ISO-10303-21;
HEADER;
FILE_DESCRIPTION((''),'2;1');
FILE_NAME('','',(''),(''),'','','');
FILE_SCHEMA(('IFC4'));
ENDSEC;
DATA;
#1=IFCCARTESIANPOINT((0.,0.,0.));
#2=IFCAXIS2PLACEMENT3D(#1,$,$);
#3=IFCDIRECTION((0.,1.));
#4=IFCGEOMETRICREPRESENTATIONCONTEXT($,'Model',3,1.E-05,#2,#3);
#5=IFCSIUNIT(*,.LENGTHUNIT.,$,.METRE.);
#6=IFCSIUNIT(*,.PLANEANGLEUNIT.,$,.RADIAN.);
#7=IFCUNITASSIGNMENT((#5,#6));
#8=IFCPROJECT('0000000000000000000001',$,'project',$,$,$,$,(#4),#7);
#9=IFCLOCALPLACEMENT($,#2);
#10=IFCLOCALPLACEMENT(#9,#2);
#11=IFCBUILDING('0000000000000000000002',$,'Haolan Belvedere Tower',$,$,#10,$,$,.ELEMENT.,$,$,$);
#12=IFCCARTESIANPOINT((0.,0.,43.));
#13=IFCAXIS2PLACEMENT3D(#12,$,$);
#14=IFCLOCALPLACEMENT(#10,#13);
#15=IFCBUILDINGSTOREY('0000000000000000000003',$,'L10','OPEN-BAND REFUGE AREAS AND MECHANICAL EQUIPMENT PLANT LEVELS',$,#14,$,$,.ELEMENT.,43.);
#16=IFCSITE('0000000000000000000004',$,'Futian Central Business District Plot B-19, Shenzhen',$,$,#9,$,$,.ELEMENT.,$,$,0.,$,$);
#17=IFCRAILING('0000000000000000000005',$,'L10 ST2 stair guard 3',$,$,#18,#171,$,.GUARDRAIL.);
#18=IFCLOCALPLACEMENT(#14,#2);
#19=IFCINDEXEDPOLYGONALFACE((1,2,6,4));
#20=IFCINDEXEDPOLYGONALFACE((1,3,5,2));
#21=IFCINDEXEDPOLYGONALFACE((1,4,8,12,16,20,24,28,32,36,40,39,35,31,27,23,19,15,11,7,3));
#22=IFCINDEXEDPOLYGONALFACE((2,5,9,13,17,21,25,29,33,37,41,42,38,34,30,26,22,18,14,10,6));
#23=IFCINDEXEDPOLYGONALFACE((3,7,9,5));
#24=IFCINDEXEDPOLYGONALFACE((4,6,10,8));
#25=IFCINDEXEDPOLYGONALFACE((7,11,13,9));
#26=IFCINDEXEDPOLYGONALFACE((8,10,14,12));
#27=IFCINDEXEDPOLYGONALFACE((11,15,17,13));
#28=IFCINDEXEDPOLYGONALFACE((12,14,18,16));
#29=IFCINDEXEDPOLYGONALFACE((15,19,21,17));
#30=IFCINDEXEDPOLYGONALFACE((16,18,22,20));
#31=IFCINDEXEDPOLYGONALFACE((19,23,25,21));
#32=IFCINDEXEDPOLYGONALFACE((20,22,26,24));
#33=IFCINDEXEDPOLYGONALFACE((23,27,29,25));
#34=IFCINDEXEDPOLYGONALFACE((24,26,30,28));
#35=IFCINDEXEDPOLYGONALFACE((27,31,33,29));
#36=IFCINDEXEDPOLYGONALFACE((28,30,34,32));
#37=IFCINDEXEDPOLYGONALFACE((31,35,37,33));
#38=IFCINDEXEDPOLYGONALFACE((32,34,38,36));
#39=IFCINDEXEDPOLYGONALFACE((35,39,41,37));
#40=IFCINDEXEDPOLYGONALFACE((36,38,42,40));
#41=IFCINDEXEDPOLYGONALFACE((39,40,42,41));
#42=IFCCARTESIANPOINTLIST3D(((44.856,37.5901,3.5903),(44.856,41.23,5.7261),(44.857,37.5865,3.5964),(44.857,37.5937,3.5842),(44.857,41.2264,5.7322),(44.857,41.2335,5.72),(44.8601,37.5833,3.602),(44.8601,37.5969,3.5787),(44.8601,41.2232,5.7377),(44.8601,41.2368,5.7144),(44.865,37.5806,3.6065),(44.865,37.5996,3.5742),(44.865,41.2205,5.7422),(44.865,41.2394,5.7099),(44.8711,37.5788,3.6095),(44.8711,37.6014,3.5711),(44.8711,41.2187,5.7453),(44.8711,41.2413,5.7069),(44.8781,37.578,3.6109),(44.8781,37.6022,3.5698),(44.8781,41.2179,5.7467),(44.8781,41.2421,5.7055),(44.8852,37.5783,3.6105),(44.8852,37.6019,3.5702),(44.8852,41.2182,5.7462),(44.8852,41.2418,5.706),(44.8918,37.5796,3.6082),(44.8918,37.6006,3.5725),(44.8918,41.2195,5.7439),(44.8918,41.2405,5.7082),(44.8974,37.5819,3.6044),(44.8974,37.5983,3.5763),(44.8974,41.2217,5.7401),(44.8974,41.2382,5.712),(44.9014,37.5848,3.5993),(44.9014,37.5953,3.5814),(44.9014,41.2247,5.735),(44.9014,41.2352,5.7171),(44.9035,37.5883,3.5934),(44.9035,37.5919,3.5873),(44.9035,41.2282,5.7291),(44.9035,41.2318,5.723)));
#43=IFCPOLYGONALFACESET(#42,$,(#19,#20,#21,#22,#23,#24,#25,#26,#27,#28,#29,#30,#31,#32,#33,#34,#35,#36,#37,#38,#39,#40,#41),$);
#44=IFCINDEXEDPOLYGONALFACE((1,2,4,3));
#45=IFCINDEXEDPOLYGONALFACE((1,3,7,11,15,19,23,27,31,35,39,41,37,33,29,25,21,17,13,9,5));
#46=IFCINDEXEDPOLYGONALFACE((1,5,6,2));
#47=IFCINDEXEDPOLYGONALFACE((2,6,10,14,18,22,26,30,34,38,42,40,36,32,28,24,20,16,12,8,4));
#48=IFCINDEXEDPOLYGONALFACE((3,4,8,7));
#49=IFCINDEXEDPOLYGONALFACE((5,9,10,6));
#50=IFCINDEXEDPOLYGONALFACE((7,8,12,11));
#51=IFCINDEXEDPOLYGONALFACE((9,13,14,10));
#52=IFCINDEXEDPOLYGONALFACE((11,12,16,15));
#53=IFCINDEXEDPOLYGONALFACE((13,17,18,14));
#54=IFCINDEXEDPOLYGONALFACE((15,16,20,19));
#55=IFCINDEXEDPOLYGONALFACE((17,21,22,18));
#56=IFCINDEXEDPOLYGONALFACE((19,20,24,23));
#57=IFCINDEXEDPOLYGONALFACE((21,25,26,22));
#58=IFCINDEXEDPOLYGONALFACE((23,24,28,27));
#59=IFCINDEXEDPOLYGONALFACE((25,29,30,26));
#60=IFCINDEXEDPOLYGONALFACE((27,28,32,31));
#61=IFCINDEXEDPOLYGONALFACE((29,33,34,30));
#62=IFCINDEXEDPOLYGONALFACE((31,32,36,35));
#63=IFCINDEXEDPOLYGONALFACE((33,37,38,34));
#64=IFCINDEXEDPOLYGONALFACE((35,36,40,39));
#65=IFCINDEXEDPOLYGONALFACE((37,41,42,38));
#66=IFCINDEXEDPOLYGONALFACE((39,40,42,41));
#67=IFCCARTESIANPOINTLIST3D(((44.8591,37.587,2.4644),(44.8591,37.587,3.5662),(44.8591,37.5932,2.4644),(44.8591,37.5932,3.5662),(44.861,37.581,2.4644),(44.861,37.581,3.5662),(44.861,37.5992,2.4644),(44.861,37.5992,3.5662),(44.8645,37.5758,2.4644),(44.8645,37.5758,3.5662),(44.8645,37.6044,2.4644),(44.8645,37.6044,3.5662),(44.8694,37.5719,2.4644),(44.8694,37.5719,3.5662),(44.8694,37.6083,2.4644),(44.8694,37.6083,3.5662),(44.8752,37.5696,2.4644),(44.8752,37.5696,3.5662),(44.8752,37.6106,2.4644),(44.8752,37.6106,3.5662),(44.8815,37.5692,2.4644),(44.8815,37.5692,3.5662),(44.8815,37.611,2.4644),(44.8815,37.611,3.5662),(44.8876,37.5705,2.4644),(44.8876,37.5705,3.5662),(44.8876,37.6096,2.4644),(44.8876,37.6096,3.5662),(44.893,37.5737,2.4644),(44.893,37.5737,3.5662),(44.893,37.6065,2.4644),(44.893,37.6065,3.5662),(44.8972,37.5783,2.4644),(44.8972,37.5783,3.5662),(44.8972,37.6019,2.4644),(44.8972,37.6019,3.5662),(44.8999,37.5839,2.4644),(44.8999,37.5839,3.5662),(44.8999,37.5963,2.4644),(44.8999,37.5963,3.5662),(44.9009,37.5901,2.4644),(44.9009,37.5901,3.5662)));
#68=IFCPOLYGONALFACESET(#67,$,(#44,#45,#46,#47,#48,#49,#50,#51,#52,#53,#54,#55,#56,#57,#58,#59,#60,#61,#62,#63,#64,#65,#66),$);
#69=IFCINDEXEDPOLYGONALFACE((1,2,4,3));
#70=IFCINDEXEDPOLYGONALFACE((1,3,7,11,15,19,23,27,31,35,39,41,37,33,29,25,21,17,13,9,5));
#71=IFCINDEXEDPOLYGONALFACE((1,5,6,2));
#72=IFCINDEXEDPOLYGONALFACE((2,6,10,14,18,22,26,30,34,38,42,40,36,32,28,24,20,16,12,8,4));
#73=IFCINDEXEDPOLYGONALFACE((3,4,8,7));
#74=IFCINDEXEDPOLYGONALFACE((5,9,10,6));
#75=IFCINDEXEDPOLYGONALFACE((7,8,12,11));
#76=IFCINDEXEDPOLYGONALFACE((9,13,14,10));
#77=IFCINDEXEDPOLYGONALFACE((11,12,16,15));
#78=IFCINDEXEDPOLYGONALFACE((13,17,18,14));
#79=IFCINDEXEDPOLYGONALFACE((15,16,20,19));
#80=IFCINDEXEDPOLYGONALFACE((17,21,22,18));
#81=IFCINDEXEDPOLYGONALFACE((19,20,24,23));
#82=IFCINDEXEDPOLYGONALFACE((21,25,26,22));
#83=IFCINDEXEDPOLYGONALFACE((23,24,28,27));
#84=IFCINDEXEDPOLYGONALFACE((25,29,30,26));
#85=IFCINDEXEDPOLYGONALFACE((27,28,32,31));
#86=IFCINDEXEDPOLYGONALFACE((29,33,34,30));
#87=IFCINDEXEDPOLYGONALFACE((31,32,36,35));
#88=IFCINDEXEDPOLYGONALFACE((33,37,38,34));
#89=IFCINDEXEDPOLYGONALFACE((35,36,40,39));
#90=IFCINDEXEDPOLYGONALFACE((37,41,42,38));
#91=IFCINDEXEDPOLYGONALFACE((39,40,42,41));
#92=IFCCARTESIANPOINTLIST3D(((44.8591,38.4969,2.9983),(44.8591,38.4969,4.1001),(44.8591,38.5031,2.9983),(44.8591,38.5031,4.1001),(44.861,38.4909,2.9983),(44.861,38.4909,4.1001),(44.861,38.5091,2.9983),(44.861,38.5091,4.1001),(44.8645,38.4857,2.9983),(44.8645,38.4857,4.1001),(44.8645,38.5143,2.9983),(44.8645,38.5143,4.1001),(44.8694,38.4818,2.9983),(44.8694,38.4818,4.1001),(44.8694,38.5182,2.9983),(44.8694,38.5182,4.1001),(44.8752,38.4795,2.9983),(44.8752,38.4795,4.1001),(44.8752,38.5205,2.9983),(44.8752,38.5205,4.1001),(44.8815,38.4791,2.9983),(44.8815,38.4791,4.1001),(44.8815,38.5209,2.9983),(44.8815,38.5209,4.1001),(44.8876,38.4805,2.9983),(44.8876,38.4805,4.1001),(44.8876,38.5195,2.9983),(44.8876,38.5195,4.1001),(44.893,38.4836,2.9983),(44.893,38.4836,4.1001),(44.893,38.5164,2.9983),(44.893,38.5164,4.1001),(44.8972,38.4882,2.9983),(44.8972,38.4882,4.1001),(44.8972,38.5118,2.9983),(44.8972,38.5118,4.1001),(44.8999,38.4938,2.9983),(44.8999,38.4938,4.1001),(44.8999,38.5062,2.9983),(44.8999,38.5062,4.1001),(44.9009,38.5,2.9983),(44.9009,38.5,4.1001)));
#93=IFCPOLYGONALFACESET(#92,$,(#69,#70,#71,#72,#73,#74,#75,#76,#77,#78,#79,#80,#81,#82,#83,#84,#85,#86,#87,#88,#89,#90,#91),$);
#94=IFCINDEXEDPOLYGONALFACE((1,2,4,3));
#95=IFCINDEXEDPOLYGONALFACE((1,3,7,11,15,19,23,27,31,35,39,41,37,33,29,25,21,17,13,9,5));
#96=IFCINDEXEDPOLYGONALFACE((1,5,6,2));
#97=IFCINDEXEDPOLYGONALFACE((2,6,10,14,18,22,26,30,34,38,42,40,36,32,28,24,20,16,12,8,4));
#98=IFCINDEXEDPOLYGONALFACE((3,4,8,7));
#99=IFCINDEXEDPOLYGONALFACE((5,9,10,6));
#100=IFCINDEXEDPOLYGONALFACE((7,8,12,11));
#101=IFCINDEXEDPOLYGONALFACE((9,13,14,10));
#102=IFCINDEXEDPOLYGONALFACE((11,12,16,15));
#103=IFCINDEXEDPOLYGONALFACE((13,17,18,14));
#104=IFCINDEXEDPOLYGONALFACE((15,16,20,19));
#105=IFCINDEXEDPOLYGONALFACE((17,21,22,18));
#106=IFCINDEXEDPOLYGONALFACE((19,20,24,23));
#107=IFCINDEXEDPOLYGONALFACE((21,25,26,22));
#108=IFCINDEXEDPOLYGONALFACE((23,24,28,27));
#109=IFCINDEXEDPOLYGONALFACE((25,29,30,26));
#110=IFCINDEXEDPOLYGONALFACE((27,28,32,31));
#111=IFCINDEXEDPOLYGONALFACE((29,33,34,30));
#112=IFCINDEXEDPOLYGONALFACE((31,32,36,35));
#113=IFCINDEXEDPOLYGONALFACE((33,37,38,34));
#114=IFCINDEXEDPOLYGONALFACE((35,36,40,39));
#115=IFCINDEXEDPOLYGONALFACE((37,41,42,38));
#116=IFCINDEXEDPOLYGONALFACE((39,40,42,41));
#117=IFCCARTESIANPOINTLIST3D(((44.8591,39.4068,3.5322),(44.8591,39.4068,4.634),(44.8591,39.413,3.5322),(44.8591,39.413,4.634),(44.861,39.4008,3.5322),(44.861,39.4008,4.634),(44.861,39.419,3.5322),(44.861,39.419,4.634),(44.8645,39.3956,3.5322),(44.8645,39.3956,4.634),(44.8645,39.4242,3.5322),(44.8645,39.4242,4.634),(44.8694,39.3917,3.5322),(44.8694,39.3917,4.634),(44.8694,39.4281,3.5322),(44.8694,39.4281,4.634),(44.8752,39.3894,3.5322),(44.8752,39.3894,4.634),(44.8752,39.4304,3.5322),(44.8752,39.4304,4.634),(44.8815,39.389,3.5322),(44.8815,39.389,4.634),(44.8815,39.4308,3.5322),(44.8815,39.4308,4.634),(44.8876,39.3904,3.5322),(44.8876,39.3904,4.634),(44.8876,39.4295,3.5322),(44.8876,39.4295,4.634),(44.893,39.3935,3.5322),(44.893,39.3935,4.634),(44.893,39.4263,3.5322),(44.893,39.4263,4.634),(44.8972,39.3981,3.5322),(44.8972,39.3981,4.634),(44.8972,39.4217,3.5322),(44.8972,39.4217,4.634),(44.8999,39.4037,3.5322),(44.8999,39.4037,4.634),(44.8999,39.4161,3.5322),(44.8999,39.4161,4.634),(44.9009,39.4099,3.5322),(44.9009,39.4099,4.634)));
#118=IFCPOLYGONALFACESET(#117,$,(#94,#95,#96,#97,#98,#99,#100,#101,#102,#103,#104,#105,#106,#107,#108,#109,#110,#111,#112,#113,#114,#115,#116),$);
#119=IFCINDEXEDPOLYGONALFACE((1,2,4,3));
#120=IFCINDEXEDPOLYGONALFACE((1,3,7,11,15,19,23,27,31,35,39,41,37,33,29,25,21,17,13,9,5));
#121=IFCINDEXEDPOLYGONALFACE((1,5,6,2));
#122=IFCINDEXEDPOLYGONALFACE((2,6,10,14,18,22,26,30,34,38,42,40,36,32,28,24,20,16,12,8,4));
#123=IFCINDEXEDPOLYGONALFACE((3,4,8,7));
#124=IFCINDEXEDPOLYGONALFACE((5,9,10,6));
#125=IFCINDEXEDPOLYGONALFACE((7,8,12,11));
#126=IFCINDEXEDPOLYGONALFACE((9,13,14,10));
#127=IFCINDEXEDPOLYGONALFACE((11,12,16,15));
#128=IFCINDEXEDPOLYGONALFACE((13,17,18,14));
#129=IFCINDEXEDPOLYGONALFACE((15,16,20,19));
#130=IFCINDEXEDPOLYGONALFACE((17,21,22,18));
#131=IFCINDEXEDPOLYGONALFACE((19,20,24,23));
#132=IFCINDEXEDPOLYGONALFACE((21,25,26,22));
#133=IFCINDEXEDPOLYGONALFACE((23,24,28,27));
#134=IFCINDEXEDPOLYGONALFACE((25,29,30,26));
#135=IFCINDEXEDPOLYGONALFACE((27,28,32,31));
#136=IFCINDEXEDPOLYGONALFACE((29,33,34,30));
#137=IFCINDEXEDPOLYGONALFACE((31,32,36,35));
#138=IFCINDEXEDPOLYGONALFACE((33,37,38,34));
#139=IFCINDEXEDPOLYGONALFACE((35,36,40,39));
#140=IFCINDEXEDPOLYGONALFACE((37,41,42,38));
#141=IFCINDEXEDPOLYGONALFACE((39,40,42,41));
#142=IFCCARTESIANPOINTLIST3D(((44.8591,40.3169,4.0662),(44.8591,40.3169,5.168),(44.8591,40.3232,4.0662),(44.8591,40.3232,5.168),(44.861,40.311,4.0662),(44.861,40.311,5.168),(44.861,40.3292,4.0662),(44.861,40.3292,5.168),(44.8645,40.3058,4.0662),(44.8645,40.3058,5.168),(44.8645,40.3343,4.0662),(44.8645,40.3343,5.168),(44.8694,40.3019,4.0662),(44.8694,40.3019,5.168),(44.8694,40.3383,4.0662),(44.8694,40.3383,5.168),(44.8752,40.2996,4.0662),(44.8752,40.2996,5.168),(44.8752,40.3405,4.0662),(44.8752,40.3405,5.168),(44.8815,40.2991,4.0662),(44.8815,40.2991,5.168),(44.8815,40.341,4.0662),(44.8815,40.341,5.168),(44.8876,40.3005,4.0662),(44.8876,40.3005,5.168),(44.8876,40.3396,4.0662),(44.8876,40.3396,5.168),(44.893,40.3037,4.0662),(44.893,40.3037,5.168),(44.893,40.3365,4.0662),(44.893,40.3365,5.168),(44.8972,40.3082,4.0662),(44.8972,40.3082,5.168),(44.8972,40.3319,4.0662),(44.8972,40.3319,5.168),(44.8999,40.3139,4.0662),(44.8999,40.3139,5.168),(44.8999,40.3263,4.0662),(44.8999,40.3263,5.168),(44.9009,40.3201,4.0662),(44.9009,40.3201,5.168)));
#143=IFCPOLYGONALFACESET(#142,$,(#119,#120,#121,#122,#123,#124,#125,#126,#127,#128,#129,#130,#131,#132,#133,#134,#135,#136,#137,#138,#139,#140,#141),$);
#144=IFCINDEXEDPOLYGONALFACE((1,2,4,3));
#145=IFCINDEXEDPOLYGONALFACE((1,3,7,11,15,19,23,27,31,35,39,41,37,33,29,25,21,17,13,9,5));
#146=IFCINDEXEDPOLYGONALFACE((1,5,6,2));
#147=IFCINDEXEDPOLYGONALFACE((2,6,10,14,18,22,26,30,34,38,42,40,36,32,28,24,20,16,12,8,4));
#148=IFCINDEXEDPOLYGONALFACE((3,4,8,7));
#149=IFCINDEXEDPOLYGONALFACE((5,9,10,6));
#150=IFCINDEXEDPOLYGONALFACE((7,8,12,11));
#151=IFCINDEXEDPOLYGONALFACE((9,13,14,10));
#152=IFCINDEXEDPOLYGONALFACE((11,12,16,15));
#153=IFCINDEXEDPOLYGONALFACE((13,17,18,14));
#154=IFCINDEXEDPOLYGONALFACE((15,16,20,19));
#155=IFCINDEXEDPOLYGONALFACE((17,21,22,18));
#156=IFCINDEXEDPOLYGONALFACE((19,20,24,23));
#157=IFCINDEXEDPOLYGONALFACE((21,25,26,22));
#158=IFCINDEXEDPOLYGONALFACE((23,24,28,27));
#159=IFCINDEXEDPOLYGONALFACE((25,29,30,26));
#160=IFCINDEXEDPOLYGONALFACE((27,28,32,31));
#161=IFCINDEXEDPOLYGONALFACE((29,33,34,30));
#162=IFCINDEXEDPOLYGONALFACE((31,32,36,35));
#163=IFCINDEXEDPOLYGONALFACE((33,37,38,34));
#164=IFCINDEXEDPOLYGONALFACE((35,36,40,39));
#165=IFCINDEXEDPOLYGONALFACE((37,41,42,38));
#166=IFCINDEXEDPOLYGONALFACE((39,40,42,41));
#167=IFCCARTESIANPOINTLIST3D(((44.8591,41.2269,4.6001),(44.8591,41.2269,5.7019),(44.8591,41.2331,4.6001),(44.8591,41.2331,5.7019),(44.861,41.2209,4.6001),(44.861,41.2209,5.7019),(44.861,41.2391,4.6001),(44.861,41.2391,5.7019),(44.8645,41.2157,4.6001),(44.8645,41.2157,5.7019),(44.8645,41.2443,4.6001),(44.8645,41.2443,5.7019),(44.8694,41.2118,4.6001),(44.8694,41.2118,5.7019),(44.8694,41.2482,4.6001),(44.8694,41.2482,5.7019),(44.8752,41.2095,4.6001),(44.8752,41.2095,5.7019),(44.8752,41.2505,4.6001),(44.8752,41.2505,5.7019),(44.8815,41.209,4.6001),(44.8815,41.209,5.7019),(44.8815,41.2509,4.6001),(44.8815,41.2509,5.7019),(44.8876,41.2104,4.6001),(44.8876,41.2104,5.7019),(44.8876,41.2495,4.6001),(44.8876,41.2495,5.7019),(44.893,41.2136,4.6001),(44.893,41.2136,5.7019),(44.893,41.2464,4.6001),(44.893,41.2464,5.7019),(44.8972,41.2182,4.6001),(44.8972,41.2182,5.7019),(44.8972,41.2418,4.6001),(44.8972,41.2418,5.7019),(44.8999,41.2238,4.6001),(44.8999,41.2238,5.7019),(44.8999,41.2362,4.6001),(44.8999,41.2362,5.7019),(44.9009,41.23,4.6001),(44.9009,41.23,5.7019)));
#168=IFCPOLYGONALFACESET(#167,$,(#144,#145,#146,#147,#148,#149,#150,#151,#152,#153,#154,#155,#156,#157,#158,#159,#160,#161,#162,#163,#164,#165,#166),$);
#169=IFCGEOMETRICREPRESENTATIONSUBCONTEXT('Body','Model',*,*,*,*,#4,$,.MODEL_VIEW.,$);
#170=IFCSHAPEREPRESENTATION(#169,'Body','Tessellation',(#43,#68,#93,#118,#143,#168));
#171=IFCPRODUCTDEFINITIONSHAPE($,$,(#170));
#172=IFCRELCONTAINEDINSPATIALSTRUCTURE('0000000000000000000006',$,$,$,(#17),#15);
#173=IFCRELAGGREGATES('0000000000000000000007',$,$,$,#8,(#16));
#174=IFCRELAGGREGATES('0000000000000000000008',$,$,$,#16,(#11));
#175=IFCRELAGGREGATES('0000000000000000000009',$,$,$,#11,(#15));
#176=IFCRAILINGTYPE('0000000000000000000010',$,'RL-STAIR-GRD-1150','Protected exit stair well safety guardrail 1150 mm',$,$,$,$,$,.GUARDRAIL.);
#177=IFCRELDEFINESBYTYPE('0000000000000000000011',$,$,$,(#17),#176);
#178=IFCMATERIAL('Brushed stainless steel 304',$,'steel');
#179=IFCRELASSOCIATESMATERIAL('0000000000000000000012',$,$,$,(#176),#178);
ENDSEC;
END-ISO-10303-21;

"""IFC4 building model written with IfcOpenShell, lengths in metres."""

from ifc_helpers import new_model, si_unit, direction, frame, origin, origin_2d, place, context, subcontext, project, spatial, circle, extrude, material, type_object, element, save


model = new_model("IFC4")

# Units and contexts
model_context = context("Model", 3, precision=1e-05, world=origin(), true_north=direction((0.0, 1.0)))
body_context = subcontext(model_context, "Body", "Model", "MODEL_VIEW")
ifc_project = project(units=[si_unit("LENGTHUNIT", "METRE"), si_unit("PLANEANGLEUNIT", "RADIAN")], contexts=[model_context])

# Site, building, storey
site_placement = place(None, origin())
site = spatial("IfcSite", under=ifc_project, at=site_placement, Name="Futian Central Business District Plot B-19, Shenzhen", CompositionType="ELEMENT", RefElevation=0.0)
building_placement = place(site_placement, origin())
building = spatial("IfcBuilding", under=site, at=building_placement, Name="Haolan Belvedere Tower", CompositionType="ELEMENT")
storey_placement = place(building_placement, frame((0.0, 0.0, 43.0)))
storey = spatial("IfcBuildingStorey", under=building, at=storey_placement, Name="L10", Description="OPEN-BAND REFUGE AREAS AND MECHANICAL EQUIPMENT PLANT LEVELS", CompositionType="ELEMENT", Elevation=43.0)

# Railing
ifc_material_1 = material(Name="Brushed stainless steel 304", Category="steel")
railing_type_1 = type_object("IfcRailingType", Name="RL-STAIR-GRD-1150", Description="Protected exit stair well safety guardrail 1150 mm", PredefinedType="GUARDRAIL", material=ifc_material_1)
railing_1_placement = place(storey_placement, frame((44.8799, 37.5901, 2.4644)))
element("IfcRailing", 1, at=railing_1_placement, inside=storey, type_object=railing_type_1, Name="L10 ST2 stair guard 3", PredefinedType="GUARDRAIL", context=body_context, shape_type="SweptSolid", body=[
    extrude(circle(Radius=0.0239, at=origin_2d()), frame((0.0, 0.0, 1.126), z_axis=(0.0, 0.86249, 0.506074), x_axis=(-1.0, 0.0, 0.0)), (0.0, 0.0, 1.0), 4.2202),
    extrude(circle(Radius=0.021, at=origin_2d()), origin(), (0.0, 0.0, 1.0), 1.1018),
    extrude(circle(Radius=0.021, at=origin_2d()), frame((0.0, 0.9099, 0.5339)), (0.0, 0.0, 1.0), 1.1018),
    extrude(circle(Radius=0.021, at=origin_2d()), frame((0.0, 1.8198, 1.0679)), (0.0, 0.0, 1.0), 1.1018),
    extrude(circle(Radius=0.021, at=origin_2d()), frame((0.0, 2.73, 1.6018)), (0.0, 0.0, 1.0), 1.1018),
    extrude(circle(Radius=0.021, at=origin_2d()), frame((0.0, 3.6399, 2.1357)), (0.0, 0.0, 1.0), 1.1018),
])

save(model, "model.ifc")
